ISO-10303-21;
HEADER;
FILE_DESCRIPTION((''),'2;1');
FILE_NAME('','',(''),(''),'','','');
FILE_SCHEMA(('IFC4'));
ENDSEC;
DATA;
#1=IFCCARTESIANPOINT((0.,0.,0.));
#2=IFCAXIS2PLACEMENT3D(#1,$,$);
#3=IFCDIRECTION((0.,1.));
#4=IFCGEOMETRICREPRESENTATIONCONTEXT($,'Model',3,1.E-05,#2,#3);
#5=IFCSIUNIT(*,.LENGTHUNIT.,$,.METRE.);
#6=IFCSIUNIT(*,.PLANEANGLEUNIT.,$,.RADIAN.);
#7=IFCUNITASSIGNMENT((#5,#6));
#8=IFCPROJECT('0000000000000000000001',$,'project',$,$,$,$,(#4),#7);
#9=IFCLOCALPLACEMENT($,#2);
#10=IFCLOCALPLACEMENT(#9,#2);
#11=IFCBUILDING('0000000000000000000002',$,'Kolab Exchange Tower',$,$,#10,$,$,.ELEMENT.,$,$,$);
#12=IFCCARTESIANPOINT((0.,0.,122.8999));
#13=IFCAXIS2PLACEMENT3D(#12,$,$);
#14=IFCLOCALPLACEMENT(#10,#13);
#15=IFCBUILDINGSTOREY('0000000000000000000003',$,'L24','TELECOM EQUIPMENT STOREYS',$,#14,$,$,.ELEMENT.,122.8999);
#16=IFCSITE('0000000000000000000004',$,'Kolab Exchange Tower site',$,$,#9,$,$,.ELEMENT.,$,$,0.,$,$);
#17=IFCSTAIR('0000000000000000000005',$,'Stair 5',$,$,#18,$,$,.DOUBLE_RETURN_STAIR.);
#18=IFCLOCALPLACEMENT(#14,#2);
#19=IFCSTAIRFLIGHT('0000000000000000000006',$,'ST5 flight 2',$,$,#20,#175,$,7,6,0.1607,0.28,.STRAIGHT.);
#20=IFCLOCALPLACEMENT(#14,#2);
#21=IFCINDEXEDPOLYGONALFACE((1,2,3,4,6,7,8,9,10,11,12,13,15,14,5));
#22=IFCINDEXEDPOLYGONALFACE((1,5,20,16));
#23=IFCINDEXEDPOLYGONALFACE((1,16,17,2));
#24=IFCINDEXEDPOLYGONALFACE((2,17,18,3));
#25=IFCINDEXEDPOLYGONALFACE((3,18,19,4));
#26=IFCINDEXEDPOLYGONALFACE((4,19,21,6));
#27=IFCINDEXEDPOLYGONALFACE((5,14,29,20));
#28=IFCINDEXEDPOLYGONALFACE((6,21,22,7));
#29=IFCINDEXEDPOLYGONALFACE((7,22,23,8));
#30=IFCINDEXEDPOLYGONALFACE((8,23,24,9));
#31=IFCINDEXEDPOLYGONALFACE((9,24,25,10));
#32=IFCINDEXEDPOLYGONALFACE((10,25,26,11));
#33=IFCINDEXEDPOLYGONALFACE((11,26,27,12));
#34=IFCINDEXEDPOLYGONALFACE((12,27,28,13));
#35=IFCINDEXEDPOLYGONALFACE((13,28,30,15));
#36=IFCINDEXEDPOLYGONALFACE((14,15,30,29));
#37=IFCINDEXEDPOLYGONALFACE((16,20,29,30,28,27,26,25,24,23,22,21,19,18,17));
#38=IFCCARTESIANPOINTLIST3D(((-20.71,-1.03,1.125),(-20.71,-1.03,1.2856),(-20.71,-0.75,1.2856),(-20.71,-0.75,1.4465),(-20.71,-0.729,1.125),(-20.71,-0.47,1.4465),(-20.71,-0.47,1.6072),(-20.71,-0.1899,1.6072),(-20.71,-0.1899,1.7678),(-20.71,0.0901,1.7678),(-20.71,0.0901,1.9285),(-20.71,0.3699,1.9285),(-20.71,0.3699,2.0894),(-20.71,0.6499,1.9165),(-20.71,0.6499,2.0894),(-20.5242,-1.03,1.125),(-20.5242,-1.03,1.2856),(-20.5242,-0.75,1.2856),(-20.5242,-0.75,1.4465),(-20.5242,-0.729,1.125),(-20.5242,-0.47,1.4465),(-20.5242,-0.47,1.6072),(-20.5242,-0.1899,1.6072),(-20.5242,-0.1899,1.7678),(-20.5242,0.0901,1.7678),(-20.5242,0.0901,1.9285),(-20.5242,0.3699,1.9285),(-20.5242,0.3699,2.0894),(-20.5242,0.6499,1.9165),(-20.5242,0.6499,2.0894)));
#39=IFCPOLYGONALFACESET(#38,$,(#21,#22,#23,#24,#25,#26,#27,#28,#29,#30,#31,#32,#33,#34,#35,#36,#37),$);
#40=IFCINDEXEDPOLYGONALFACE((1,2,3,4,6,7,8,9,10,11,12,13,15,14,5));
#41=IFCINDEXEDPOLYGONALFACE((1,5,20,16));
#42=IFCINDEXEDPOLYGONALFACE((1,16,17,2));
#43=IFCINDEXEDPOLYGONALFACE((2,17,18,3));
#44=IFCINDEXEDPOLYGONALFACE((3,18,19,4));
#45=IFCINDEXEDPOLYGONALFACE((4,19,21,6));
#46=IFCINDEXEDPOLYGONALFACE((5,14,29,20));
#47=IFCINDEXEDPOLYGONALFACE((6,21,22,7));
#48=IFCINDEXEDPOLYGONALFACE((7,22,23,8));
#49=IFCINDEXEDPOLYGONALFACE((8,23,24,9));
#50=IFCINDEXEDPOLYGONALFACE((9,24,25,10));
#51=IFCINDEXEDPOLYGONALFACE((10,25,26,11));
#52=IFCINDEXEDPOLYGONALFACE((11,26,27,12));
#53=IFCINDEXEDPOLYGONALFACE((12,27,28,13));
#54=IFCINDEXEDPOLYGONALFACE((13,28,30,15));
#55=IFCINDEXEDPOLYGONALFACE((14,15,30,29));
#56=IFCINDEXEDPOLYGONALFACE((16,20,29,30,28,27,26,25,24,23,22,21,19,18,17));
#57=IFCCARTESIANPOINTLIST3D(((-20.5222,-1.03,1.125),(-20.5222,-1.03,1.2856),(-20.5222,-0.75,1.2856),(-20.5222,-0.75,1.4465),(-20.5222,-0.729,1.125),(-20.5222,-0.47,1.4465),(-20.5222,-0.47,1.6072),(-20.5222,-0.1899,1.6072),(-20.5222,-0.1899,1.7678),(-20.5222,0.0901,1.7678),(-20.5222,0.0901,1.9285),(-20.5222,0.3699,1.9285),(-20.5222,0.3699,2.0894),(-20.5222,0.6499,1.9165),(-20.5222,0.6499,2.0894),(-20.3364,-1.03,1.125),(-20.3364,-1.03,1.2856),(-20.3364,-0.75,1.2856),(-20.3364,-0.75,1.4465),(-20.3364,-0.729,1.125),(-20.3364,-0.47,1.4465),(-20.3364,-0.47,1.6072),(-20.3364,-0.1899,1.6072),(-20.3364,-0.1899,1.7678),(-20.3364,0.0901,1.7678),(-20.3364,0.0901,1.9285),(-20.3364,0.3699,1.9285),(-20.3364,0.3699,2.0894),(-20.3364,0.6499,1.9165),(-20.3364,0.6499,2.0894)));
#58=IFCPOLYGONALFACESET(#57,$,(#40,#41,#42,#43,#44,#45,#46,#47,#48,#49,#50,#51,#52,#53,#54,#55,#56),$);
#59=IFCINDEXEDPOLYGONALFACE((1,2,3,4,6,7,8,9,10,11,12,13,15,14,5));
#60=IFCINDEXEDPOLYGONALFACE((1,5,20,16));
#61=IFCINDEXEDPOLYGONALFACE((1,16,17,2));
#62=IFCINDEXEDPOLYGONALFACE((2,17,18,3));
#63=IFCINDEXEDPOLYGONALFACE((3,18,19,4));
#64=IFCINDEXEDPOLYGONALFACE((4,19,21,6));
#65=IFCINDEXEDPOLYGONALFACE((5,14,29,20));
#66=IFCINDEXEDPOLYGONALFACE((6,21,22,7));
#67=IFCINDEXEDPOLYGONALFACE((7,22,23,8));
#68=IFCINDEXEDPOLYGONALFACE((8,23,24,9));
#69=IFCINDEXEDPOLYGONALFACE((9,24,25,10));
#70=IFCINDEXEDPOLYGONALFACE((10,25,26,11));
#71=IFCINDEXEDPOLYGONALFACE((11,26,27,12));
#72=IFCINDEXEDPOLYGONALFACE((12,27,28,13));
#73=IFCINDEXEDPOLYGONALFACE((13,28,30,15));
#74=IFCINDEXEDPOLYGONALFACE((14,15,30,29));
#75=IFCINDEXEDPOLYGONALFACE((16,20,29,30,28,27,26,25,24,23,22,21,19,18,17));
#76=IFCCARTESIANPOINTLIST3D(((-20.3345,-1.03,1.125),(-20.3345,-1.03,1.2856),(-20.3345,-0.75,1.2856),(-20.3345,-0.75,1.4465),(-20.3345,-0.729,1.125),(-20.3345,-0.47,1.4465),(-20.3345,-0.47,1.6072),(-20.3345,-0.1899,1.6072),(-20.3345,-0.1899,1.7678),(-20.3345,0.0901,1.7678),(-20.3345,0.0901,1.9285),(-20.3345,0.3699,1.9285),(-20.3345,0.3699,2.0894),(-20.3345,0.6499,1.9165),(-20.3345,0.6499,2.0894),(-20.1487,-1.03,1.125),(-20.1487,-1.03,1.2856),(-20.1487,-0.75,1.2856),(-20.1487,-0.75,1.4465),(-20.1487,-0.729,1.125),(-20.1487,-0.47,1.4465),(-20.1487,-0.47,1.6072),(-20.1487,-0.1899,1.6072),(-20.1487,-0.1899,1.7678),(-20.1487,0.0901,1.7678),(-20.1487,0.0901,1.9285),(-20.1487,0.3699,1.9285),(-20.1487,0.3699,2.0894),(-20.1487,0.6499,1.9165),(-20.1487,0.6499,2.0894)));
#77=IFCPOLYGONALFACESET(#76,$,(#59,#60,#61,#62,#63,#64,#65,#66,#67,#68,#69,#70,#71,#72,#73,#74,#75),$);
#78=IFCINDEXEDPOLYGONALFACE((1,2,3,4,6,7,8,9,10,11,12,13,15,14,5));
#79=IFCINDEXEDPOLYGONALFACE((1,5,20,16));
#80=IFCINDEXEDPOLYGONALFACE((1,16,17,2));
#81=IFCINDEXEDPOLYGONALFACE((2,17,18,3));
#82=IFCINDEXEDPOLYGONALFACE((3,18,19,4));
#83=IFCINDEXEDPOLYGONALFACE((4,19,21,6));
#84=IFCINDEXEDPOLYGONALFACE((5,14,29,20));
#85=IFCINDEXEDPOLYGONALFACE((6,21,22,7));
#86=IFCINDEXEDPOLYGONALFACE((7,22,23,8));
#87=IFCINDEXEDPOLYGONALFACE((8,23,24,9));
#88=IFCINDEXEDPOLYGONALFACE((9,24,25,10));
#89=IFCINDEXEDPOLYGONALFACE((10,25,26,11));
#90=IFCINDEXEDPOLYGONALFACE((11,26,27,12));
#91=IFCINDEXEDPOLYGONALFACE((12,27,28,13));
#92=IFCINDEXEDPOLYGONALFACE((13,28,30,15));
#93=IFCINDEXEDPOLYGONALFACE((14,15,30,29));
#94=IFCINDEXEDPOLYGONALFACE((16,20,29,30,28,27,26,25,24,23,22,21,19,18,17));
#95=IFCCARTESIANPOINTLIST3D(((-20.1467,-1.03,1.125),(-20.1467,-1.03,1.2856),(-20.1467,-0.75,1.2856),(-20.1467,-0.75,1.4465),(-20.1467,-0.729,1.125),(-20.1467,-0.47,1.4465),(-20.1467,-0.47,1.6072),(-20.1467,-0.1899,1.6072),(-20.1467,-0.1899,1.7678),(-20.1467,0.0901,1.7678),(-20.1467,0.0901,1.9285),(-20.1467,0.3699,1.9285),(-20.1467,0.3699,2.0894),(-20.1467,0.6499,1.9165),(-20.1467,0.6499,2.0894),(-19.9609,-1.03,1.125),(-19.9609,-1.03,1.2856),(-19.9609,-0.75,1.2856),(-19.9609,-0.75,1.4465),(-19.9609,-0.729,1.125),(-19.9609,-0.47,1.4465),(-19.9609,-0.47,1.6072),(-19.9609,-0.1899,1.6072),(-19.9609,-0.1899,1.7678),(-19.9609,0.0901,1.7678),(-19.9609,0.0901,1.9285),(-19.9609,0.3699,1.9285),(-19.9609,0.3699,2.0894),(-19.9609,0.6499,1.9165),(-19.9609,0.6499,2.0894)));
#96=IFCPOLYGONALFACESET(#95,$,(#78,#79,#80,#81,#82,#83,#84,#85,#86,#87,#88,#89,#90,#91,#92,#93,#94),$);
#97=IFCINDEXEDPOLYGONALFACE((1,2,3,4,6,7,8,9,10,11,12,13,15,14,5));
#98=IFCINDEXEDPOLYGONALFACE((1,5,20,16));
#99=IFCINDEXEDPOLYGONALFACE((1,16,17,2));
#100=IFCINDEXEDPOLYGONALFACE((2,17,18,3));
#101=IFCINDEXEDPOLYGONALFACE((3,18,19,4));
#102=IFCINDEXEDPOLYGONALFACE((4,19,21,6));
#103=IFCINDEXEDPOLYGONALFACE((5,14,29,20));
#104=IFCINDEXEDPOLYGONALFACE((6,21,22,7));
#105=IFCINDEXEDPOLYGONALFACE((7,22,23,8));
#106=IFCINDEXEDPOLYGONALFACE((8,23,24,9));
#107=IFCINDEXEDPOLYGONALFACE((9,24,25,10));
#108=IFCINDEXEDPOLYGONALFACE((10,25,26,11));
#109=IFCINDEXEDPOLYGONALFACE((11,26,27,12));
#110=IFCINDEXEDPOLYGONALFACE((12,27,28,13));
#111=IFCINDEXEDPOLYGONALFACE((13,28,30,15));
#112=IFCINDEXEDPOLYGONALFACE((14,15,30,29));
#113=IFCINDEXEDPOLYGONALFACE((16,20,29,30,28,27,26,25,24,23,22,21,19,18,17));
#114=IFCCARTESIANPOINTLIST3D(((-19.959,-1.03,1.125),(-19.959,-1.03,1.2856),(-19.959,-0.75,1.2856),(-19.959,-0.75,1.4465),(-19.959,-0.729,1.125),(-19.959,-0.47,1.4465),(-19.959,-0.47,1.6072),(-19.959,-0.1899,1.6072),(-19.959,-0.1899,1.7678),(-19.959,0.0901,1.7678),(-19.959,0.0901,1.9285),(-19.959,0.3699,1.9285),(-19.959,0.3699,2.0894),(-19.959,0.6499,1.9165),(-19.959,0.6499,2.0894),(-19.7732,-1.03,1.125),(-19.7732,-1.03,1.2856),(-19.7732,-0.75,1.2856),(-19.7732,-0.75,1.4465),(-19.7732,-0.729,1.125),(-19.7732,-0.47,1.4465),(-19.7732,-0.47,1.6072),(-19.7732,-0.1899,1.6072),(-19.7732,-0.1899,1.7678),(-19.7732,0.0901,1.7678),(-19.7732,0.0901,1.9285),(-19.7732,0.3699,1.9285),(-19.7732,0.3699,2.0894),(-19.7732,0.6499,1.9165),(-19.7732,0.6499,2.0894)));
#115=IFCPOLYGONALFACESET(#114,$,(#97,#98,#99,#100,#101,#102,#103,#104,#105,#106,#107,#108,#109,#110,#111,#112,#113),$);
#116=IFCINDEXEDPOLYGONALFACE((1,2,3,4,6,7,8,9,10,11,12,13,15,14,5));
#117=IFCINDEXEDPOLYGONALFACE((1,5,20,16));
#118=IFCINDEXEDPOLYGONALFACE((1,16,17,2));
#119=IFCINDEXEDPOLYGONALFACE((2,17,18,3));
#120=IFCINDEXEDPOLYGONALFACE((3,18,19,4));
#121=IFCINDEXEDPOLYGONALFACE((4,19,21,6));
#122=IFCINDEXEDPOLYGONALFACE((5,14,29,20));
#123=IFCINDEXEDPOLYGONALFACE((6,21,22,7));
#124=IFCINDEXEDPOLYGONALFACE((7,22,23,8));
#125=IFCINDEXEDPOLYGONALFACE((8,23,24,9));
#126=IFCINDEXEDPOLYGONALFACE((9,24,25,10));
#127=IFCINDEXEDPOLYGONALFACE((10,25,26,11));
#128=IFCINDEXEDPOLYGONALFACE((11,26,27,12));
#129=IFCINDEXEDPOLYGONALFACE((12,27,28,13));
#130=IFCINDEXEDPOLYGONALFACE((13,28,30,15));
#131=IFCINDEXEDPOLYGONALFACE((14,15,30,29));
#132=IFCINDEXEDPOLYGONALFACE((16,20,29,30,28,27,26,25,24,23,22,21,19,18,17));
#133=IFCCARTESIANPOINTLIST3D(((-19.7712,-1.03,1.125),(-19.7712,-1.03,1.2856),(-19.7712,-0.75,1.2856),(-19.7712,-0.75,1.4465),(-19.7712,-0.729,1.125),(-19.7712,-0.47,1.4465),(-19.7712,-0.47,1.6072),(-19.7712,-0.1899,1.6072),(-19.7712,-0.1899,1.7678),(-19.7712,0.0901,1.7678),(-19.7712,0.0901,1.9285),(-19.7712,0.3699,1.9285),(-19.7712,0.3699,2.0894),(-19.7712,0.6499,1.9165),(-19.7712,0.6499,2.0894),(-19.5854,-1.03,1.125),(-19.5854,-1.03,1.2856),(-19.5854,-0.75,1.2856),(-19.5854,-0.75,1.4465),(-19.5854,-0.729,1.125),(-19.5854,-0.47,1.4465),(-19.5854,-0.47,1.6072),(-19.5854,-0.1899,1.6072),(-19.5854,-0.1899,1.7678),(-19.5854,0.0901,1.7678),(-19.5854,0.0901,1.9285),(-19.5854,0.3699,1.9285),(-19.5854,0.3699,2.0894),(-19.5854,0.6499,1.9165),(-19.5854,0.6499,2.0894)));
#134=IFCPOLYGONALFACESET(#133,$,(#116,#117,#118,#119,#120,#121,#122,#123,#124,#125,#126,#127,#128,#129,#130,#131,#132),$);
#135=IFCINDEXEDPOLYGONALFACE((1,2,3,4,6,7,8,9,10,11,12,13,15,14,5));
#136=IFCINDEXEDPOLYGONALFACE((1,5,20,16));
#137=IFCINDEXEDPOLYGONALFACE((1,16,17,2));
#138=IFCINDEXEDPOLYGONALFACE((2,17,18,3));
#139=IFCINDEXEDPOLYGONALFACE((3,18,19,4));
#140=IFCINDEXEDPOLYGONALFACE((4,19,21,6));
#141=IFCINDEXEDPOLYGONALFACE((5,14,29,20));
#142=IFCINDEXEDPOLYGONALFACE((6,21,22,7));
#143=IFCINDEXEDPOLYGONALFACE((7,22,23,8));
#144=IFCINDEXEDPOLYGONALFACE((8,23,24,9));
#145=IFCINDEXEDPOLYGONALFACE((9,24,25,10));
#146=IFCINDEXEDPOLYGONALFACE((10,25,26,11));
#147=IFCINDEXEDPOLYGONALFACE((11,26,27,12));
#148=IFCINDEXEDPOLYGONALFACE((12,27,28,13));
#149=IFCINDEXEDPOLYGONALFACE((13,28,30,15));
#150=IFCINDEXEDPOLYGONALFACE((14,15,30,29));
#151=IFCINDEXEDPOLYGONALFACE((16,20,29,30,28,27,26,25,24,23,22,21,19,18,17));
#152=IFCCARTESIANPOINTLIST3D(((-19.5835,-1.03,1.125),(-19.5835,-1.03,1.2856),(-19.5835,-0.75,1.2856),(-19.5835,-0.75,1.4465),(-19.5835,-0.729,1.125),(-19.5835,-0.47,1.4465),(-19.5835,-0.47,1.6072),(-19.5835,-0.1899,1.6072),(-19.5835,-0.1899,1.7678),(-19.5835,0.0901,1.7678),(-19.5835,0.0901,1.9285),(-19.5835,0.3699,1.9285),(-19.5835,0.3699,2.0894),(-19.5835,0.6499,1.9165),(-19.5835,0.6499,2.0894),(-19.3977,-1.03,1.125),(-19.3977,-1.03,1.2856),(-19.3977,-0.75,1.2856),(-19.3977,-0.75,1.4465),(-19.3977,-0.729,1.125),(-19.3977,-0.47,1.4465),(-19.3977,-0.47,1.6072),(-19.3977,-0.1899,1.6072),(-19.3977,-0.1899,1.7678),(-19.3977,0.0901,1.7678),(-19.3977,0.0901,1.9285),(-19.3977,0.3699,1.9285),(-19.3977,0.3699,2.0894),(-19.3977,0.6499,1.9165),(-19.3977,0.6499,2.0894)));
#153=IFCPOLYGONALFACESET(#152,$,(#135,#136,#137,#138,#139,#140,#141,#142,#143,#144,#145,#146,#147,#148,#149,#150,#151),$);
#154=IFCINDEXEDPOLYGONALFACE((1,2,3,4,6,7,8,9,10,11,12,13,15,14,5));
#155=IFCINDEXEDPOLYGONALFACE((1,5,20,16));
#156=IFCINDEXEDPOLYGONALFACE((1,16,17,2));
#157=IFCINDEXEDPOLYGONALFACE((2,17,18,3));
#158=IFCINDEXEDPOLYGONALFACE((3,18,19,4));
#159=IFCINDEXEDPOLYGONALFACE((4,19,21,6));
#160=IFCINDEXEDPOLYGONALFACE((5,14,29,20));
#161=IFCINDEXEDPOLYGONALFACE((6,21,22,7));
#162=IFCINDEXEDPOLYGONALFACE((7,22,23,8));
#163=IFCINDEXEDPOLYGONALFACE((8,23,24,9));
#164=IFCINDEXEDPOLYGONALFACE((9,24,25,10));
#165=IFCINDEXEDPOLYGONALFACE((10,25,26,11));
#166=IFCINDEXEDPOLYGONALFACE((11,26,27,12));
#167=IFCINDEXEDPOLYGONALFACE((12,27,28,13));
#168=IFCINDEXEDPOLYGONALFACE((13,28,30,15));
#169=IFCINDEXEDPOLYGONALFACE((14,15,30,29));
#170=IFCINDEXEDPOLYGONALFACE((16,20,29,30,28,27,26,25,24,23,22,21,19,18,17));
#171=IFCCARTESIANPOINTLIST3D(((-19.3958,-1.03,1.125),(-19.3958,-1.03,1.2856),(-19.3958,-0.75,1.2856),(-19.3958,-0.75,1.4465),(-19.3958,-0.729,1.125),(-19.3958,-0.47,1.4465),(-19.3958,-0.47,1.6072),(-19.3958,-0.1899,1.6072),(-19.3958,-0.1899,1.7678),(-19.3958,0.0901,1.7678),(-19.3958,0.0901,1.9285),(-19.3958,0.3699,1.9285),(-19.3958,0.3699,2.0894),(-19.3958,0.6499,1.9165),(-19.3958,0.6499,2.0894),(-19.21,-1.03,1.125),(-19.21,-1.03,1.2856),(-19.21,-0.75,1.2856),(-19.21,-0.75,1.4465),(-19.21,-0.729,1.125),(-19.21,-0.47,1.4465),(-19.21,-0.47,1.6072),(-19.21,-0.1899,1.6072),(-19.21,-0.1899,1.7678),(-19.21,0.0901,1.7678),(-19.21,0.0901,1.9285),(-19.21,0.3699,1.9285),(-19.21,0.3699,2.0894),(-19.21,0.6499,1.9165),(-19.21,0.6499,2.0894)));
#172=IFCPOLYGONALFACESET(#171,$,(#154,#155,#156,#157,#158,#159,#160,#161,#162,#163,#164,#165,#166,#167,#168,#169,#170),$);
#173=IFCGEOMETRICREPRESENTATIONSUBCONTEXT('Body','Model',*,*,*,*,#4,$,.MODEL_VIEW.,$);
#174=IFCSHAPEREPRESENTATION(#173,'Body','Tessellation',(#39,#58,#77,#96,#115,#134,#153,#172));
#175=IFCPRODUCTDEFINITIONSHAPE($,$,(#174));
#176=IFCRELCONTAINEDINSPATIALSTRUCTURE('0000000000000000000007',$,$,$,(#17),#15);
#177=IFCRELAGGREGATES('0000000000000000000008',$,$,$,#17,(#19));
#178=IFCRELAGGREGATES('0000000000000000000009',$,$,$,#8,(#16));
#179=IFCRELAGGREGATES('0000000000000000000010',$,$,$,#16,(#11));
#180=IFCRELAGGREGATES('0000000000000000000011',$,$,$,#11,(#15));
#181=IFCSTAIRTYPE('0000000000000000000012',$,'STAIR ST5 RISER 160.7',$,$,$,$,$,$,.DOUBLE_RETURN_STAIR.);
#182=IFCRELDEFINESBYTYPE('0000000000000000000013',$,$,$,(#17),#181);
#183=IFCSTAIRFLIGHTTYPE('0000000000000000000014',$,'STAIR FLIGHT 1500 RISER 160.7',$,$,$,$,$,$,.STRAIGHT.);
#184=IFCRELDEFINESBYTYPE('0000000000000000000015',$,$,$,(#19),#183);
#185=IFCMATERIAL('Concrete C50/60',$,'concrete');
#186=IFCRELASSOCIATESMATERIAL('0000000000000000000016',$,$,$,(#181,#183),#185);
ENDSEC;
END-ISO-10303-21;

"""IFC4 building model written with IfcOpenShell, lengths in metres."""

from ifc_helpers import new_model, si_unit, direction, frame, origin, place, context, subcontext, project, spatial, polyline, outline, extrude, material, type_object, element, aggregate, save


model = new_model("IFC4")

# Units and contexts
model_context = context("Model", 3, precision=1e-05, world=origin(), true_north=direction((0.0, 1.0)))
body_context = subcontext(model_context, "Body", "Model", "MODEL_VIEW")
ifc_project = project(units=[si_unit("LENGTHUNIT", "METRE"), si_unit("PLANEANGLEUNIT", "RADIAN")], contexts=[model_context])

# Site, building, storey
site_placement = place(None, origin())
site = spatial("IfcSite", under=ifc_project, at=site_placement, Name="Kolab Exchange Tower site", CompositionType="ELEMENT", RefElevation=0.0)
building_placement = place(site_placement, origin())
building = spatial("IfcBuilding", under=site, at=building_placement, Name="Kolab Exchange Tower", CompositionType="ELEMENT")
storey_placement = place(building_placement, frame((0.0, 0.0, 122.8999)))
storey = spatial("IfcBuildingStorey", under=building, at=storey_placement, Name="L24", Description="TELECOM EQUIPMENT STOREYS", CompositionType="ELEMENT", Elevation=122.8999)

# Shared definitions
ifc_material_1 = material(Name="Concrete C50/60", Category="concrete")

# Stair, stair flight
stair_type = type_object("IfcStairType", Name="STAIR ST5 RISER 160.7", PredefinedType="DOUBLE_RETURN_STAIR", material=ifc_material_1)
stair_placement = place(storey_placement, origin())
stair = element("IfcStair", 1, at=stair_placement, inside=storey, type_object=stair_type, Name="Stair 5", PredefinedType="DOUBLE_RETURN_STAIR")
stair_flight_type = type_object("IfcStairFlightType", Name="STAIR FLIGHT 1500 RISER 160.7", PredefinedType="STRAIGHT", material=ifc_material_1)
stair_flight_1_placement = place(storey_placement, frame((-19.96, -1.03, 1.125), z_axis=(0.0, 0.0, 1.0), x_axis=(0.0, 1.0, 0.0)))
stair_flight_1 = element("IfcStairFlight", 2, at=stair_flight_1_placement, type_object=stair_flight_type, Name="ST5 flight 2", NumberOfRisers=7, NumberOfTreads=6, PredefinedType="STRAIGHT", RiserHeight=0.1607, TreadLength=0.28, context=body_context, shape_type="SweptSolid", body=[
    extrude(outline(polyline([(0.0, 0.0), (0.0, 0.1606), (0.28, 0.1606), (0.28, 0.3215), (0.5601, 0.3215), (0.5601, 0.4822), (0.8401, 0.4822), (0.8401, 0.6428), (1.1201, 0.6428), (1.1201, 0.8035), (1.3999, 0.8035), (1.3999, 0.9644), (1.6799, 0.9644), (1.6799, 1.125), (1.6799, 0.7915), (0.301, 0.0), (0.0, 0.0)])), frame((0.0, 0.75, 0.0), z_axis=(0.0, -1.0, 0.0), x_axis=(1.0, 0.0, 0.0)), (0.0, 0.0, 1.0), 0.1858),
    extrude(outline(polyline([(0.0, 0.0), (0.0, 0.1606), (0.28, 0.1606), (0.28, 0.3215), (0.5601, 0.3215), (0.5601, 0.4822), (0.8401, 0.4822), (0.8401, 0.6428), (1.1201, 0.6428), (1.1201, 0.8035), (1.3999, 0.8035), (1.3999, 0.9644), (1.6799, 0.9644), (1.6799, 1.125), (1.6799, 0.7915), (0.301, 0.0), (0.0, 0.0)])), frame((0.0, 0.5623, 0.0), z_axis=(0.0, -1.0, 0.0), x_axis=(1.0, 0.0, 0.0)), (0.0, 0.0, 1.0), 0.1858),
    extrude(outline(polyline([(0.0, 0.0), (0.0, 0.1606), (0.28, 0.1606), (0.28, 0.3215), (0.5601, 0.3215), (0.5601, 0.4822), (0.8401, 0.4822), (0.8401, 0.6428), (1.1201, 0.6428), (1.1201, 0.8035), (1.3999, 0.8035), (1.3999, 0.9644), (1.6799, 0.9644), (1.6799, 1.125), (1.6799, 0.7915), (0.301, 0.0), (0.0, 0.0)])), frame((0.0, 0.3745, 0.0), z_axis=(0.0, -1.0, 0.0), x_axis=(1.0, 0.0, 0.0)), (0.0, 0.0, 1.0), 0.1858),
    extrude(outline(polyline([(0.0, 0.0), (0.0, 0.1606), (0.28, 0.1606), (0.28, 0.3215), (0.5601, 0.3215), (0.5601, 0.4822), (0.8401, 0.4822), (0.8401, 0.6428), (1.1201, 0.6428), (1.1201, 0.8035), (1.3999, 0.8035), (1.3999, 0.9644), (1.6799, 0.9644), (1.6799, 1.125), (1.6799, 0.7915), (0.301, 0.0), (0.0, 0.0)])), frame((0.0, 0.1868, 0.0), z_axis=(0.0, -1.0, 0.0), x_axis=(1.0, 0.0, 0.0)), (0.0, 0.0, 1.0), 0.1858),
    extrude(outline(polyline([(0.0, 0.0), (0.0, 0.1606), (0.28, 0.1606), (0.28, 0.3215), (0.5601, 0.3215), (0.5601, 0.4822), (0.8401, 0.4822), (0.8401, 0.6428), (1.1201, 0.6428), (1.1201, 0.8035), (1.3999, 0.8035), (1.3999, 0.9644), (1.6799, 0.9644), (1.6799, 1.125), (1.6799, 0.7915), (0.301, 0.0), (0.0, 0.0)])), frame((0.0, -0.001, 0.0), z_axis=(0.0, -1.0, 0.0), x_axis=(1.0, 0.0, 0.0)), (0.0, 0.0, 1.0), 0.1858),
    extrude(outline(polyline([(0.0, 0.0), (0.0, 0.1606), (0.28, 0.1606), (0.28, 0.3215), (0.5601, 0.3215), (0.5601, 0.4822), (0.8401, 0.4822), (0.8401, 0.6428), (1.1201, 0.6428), (1.1201, 0.8035), (1.3999, 0.8035), (1.3999, 0.9644), (1.6799, 0.9644), (1.6799, 1.125), (1.6799, 0.7915), (0.301, 0.0), (0.0, 0.0)])), frame((0.0, -0.1887, 0.0), z_axis=(0.0, -1.0, 0.0), x_axis=(1.0, 0.0, 0.0)), (0.0, 0.0, 1.0), 0.1858),
    extrude(outline(polyline([(0.0, 0.0), (0.0, 0.1606), (0.28, 0.1606), (0.28, 0.3215), (0.5601, 0.3215), (0.5601, 0.4822), (0.8401, 0.4822), (0.8401, 0.6428), (1.1201, 0.6428), (1.1201, 0.8035), (1.3999, 0.8035), (1.3999, 0.9644), (1.6799, 0.9644), (1.6799, 1.125), (1.6799, 0.7915), (0.301, 0.0), (0.0, 0.0)])), frame((0.0, -0.3765, 0.0), z_axis=(0.0, -1.0, 0.0), x_axis=(1.0, 0.0, 0.0)), (0.0, 0.0, 1.0), 0.1858),
    extrude(outline(polyline([(0.0, 0.0), (0.0, 0.1606), (0.28, 0.1606), (0.28, 0.3215), (0.5601, 0.3215), (0.5601, 0.4822), (0.8401, 0.4822), (0.8401, 0.6428), (1.1201, 0.6428), (1.1201, 0.8035), (1.3999, 0.8035), (1.3999, 0.9644), (1.6799, 0.9644), (1.6799, 1.125), (1.6799, 0.7915), (0.301, 0.0), (0.0, 0.0)])), frame((0.0, -0.5642, 0.0), z_axis=(0.0, -1.0, 0.0), x_axis=(1.0, 0.0, 0.0)), (0.0, 0.0, 1.0), 0.1858),
])
aggregate(stair, [stair_flight_1])

save(model, "model.ifc")
